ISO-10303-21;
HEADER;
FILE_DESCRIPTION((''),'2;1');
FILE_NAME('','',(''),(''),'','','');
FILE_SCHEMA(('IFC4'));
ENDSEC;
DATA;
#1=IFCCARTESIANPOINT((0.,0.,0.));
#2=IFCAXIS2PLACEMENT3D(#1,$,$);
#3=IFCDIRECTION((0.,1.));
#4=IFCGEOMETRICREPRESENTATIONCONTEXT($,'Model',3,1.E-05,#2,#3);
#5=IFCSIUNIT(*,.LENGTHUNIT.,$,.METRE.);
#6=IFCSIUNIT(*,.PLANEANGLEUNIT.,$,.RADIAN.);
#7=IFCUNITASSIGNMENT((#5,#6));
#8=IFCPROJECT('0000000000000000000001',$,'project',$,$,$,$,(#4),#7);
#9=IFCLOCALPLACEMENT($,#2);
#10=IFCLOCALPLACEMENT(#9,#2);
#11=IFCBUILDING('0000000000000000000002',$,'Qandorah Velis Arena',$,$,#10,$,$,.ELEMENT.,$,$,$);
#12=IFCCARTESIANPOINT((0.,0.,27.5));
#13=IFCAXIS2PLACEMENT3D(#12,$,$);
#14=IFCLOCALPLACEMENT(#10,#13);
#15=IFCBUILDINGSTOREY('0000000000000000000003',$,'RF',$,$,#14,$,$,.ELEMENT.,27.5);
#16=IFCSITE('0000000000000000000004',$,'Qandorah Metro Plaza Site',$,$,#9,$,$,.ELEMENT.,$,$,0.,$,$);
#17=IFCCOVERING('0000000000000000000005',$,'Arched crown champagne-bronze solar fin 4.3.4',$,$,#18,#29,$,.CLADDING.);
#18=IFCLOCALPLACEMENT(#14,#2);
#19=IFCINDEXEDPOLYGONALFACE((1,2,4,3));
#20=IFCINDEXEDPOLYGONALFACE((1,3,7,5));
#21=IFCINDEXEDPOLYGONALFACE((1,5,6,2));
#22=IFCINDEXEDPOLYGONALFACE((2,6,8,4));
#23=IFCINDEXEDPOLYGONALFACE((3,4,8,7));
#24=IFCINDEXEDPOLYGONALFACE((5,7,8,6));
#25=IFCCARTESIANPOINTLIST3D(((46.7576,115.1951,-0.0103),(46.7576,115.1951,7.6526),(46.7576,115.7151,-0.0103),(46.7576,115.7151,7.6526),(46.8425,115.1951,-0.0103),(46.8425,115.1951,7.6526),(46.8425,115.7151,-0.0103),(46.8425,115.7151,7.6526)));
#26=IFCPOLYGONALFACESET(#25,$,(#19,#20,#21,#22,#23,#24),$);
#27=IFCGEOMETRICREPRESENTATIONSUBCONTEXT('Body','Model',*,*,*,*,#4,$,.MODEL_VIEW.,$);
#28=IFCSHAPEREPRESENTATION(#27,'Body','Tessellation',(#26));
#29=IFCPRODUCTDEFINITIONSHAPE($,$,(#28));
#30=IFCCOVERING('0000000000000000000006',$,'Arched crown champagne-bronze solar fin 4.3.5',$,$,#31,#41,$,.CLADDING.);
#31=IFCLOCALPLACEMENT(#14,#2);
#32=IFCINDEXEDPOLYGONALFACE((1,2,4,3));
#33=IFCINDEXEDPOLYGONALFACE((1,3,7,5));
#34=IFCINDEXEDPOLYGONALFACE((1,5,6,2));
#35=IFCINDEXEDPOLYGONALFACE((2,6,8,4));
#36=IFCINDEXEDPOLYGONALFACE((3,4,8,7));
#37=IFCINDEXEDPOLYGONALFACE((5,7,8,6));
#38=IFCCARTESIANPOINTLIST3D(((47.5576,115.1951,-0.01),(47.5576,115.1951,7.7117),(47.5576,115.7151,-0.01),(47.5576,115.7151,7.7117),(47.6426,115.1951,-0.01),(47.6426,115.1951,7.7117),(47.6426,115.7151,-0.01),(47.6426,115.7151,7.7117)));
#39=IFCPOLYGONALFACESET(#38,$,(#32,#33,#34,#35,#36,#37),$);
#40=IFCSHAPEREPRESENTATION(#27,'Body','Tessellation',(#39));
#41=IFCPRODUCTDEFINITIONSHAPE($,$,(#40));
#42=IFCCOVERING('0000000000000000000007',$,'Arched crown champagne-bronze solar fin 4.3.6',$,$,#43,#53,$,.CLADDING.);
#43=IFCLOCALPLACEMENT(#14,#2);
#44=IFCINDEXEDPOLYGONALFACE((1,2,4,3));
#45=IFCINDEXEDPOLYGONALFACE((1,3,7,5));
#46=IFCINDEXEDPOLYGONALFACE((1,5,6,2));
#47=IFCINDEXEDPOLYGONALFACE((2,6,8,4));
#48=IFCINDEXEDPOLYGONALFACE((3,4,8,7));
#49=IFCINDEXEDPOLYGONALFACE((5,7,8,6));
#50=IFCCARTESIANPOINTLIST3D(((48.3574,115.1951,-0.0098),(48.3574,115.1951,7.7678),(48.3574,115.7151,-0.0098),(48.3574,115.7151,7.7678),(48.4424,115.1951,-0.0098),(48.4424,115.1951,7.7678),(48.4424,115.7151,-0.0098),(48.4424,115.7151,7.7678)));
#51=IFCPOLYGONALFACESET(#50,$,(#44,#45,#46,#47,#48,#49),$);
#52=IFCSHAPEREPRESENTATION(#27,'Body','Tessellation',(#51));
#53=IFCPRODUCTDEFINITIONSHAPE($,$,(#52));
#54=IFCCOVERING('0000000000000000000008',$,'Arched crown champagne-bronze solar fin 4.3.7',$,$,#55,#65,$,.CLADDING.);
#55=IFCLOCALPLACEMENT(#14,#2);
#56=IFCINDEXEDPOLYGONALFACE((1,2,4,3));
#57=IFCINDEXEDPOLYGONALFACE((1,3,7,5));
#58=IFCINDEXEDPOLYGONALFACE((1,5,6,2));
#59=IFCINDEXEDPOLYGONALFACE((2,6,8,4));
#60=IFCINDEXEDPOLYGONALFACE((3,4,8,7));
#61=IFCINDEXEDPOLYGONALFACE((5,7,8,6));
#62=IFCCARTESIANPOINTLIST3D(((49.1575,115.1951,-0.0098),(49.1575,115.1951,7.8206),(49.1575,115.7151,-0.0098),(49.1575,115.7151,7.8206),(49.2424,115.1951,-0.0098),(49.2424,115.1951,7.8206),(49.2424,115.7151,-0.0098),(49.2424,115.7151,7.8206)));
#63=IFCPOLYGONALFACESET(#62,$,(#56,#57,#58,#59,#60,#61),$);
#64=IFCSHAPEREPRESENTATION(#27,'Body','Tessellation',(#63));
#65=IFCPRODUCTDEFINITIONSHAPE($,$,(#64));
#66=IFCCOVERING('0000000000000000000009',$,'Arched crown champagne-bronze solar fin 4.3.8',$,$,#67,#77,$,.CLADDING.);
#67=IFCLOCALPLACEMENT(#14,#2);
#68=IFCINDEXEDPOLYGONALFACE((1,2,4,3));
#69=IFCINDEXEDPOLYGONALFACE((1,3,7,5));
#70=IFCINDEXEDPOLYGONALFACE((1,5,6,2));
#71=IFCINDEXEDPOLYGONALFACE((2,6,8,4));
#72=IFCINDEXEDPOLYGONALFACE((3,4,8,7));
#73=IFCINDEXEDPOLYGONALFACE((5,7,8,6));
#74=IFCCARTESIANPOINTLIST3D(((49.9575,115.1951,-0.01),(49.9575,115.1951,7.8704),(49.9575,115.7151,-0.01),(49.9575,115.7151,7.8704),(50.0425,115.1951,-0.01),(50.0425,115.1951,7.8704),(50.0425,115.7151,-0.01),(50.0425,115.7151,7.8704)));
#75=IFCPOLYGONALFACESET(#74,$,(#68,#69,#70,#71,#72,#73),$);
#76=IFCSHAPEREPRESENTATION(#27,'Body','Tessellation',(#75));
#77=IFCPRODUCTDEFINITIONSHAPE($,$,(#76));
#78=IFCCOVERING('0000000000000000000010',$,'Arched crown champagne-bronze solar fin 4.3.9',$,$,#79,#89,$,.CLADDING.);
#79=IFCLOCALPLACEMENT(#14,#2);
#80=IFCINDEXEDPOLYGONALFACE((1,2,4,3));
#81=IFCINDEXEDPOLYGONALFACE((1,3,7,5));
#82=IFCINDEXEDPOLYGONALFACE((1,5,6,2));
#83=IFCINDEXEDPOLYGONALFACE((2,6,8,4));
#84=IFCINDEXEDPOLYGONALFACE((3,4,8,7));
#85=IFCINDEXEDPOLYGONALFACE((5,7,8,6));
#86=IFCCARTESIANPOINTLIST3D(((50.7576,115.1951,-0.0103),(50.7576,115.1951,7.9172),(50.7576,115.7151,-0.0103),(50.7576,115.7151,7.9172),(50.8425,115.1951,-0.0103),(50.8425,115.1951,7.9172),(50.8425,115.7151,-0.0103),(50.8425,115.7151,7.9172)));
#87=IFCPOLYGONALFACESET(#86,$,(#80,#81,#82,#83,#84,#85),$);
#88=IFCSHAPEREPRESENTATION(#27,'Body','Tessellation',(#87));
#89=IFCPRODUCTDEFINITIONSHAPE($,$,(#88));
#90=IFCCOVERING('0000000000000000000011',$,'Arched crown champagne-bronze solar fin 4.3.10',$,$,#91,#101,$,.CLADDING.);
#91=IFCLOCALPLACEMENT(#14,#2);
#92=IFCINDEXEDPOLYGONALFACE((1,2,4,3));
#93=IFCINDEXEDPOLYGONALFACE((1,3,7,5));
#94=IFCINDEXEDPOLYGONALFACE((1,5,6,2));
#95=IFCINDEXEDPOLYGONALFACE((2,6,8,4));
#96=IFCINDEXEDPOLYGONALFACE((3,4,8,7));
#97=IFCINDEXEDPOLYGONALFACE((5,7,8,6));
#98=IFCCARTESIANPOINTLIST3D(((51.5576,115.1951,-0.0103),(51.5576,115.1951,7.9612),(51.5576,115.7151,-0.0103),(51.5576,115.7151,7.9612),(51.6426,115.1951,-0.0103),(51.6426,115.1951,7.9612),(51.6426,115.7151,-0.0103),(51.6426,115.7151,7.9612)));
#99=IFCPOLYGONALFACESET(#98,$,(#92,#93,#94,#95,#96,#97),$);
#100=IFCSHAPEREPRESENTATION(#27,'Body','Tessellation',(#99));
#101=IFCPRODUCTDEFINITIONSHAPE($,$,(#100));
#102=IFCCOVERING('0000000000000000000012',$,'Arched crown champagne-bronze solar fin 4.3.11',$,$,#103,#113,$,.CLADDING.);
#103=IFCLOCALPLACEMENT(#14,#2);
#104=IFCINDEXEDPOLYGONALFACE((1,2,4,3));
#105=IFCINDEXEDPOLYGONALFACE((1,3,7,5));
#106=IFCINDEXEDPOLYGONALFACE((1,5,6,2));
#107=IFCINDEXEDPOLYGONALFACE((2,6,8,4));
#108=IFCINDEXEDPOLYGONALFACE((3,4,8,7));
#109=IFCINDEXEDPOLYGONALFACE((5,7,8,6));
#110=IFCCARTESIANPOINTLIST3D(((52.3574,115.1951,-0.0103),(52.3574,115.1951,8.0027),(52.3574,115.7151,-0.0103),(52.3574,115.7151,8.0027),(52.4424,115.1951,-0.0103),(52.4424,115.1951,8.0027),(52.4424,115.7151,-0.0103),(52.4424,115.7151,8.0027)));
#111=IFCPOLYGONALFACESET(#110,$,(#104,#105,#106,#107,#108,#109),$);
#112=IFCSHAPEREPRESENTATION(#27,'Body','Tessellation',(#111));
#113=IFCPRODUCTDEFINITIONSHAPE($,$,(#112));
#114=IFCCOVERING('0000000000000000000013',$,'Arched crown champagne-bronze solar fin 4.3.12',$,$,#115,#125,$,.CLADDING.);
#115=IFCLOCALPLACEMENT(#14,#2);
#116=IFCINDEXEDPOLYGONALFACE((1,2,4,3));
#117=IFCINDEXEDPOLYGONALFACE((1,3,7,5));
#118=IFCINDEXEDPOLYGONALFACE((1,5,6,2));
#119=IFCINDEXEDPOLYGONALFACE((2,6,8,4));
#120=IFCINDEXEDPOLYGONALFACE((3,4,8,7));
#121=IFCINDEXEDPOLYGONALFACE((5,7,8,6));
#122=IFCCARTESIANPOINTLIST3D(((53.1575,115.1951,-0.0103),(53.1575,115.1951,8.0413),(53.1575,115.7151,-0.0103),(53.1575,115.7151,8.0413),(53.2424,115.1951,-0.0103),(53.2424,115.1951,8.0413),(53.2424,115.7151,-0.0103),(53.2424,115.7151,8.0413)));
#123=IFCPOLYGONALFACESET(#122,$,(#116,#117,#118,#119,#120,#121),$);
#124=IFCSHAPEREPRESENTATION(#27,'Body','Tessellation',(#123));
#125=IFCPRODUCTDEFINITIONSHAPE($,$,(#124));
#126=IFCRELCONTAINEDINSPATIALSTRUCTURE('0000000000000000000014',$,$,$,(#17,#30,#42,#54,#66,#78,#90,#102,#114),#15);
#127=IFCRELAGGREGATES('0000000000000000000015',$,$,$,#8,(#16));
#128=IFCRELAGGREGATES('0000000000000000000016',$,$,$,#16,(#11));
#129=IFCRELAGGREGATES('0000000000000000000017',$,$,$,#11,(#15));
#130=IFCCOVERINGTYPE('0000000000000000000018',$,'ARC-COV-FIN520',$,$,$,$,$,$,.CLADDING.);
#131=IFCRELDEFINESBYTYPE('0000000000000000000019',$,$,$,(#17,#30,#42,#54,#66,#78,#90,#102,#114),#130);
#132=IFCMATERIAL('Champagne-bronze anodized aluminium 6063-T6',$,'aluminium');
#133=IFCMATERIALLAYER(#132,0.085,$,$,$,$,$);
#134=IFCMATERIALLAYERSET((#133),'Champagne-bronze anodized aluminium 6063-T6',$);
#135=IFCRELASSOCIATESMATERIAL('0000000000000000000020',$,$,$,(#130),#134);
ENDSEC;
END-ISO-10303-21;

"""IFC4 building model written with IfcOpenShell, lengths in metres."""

from ifc_helpers import new_model, si_unit, direction, frame, origin, origin_2d, place, context, subcontext, project, spatial, rectangle, extrude, material, layer, layer_set, type_object, element, save


model = new_model("IFC4")

# Units and contexts
model_context = context("Model", 3, precision=1e-05, world=origin(), true_north=direction((0.0, 1.0)))
body_context = subcontext(model_context, "Body", "Model", "MODEL_VIEW")
ifc_project = project(units=[si_unit("LENGTHUNIT", "METRE"), si_unit("PLANEANGLEUNIT", "RADIAN")], contexts=[model_context])

# Site, building, storey
site_placement = place(None, origin())
site = spatial("IfcSite", under=ifc_project, at=site_placement, Name="Qandorah Metro Plaza Site", CompositionType="ELEMENT", RefElevation=0.0)
building_placement = place(site_placement, origin())
building = spatial("IfcBuilding", under=site, at=building_placement, Name="Qandorah Velis Arena", CompositionType="ELEMENT")
storey_placement = place(building_placement, frame((0.0, 0.0, 27.5)))
storey = spatial("IfcBuildingStorey", under=building, at=storey_placement, Name="RF", CompositionType="ELEMENT", Elevation=27.5)

# Shared definitions
ifc_material_1 = material(Name="Champagne-bronze anodized aluminium 6063-T6", Category="aluminium")

# Coverings
ifc_layer_1 = layer(ifc_material_1, 0.085)
ifc_layer_set_1 = layer_set([ifc_layer_1], Name="Champagne-bronze anodized aluminium 6063-T6")
covering_type = type_object("IfcCoveringType", Name="ARC-COV-FIN520", PredefinedType="CLADDING", material=ifc_layer_set_1)
covering_1_placement = place(storey_placement, frame((46.8, 115.4551, -0.0103), z_axis=(0.0, 0.0, 1.0), x_axis=(1.0, 0.0, 0.0)))
element("IfcCovering", 1, at=covering_1_placement, inside=storey, type_object=covering_type, Name="Arched crown champagne-bronze solar fin 4.3.4", PredefinedType="CLADDING", context=body_context, shape_type="SweptSolid", body=[
    extrude(rectangle(XDim=0.085, YDim=0.52, at=origin_2d()), origin(), (0.0, 0.0, 1.0), 7.6628),
])
covering_2_placement = place(storey_placement, frame((47.6001, 115.4551, -0.01), z_axis=(0.0, 0.0, 1.0), x_axis=(1.0, 0.0, 0.0)))
element("IfcCovering", 2, at=covering_2_placement, inside=storey, type_object=covering_type, Name="Arched crown champagne-bronze solar fin 4.3.5", PredefinedType="CLADDING", context=body_context, shape_type="SweptSolid", body=[
    extrude(rectangle(XDim=0.085, YDim=0.52, at=origin_2d()), origin(), (0.0, 0.0, 1.0), 7.7217),
])
covering_3_placement = place(storey_placement, frame((48.3999, 115.4551, -0.0098), z_axis=(0.0, 0.0, 1.0), x_axis=(1.0, 0.0, 0.0)))
element("IfcCovering", 3, at=covering_3_placement, inside=storey, type_object=covering_type, Name="Arched crown champagne-bronze solar fin 4.3.6", PredefinedType="CLADDING", context=body_context, shape_type="SweptSolid", body=[
    extrude(rectangle(XDim=0.085, YDim=0.52, at=origin_2d()), origin(), (0.0, 0.0, 1.0), 7.7776),
])
covering_4_placement = place(storey_placement, frame((49.2, 115.4551, -0.0098), z_axis=(0.0, 0.0, 1.0), x_axis=(1.0, 0.0, 0.0)))
element("IfcCovering", 4, at=covering_4_placement, inside=storey, type_object=covering_type, Name="Arched crown champagne-bronze solar fin 4.3.7", PredefinedType="CLADDING", context=body_context, shape_type="SweptSolid", body=[
    extrude(rectangle(XDim=0.085, YDim=0.52, at=origin_2d()), origin(), (0.0, 0.0, 1.0), 7.8303),
])
covering_5_placement = place(storey_placement, frame((50.0, 115.4551, -0.01), z_axis=(0.0, 0.0, 1.0), x_axis=(1.0, 0.0, 0.0)))
element("IfcCovering", 5, at=covering_5_placement, inside=storey, type_object=covering_type, Name="Arched crown champagne-bronze solar fin 4.3.8", PredefinedType="CLADDING", context=body_context, shape_type="SweptSolid", body=[
    extrude(rectangle(XDim=0.085, YDim=0.52, at=origin_2d()), origin(), (0.0, 0.0, 1.0), 7.8804),
])
covering_6_placement = place(storey_placement, frame((50.8, 115.4551, -0.0103), z_axis=(0.0, 0.0, 1.0), x_axis=(1.0, 0.0, 0.0)))
element("IfcCovering", 6, at=covering_6_placement, inside=storey, type_object=covering_type, Name="Arched crown champagne-bronze solar fin 4.3.9", PredefinedType="CLADDING", context=body_context, shape_type="SweptSolid", body=[
    extrude(rectangle(XDim=0.085, YDim=0.52, at=origin_2d()), origin(), (0.0, 0.0, 1.0), 7.9275),
])
covering_7_placement = place(storey_placement, frame((51.6001, 115.4551, -0.0103), z_axis=(0.0, 0.0, 1.0), x_axis=(1.0, 0.0, 0.0)))
element("IfcCovering", 7, at=covering_7_placement, inside=storey, type_object=covering_type, Name="Arched crown champagne-bronze solar fin 4.3.10", PredefinedType="CLADDING", context=body_context, shape_type="SweptSolid", body=[
    extrude(rectangle(XDim=0.085, YDim=0.52, at=origin_2d()), origin(), (0.0, 0.0, 1.0), 7.9714),
])
covering_8_placement = place(storey_placement, frame((52.3999, 115.4551, -0.0103), z_axis=(0.0, 0.0, 1.0), x_axis=(1.0, 0.0, 0.0)))
element("IfcCovering", 8, at=covering_8_placement, inside=storey, type_object=covering_type, Name="Arched crown champagne-bronze solar fin 4.3.11", PredefinedType="CLADDING", context=body_context, shape_type="SweptSolid", body=[
    extrude(rectangle(XDim=0.085, YDim=0.52, at=origin_2d()), origin(), (0.0, 0.0, 1.0), 8.0129),
])
covering_9_placement = place(storey_placement, frame((53.2, 115.4551, -0.0103), z_axis=(0.0, 0.0, 1.0), x_axis=(1.0, 0.0, 0.0)))
element("IfcCovering", 9, at=covering_9_placement, inside=storey, type_object=covering_type, Name="Arched crown champagne-bronze solar fin 4.3.12", PredefinedType="CLADDING", context=body_context, shape_type="SweptSolid", body=[
    extrude(rectangle(XDim=0.085, YDim=0.52, at=origin_2d()), origin(), (0.0, 0.0, 1.0), 8.0515),
])

save(model, "model.ifc")
